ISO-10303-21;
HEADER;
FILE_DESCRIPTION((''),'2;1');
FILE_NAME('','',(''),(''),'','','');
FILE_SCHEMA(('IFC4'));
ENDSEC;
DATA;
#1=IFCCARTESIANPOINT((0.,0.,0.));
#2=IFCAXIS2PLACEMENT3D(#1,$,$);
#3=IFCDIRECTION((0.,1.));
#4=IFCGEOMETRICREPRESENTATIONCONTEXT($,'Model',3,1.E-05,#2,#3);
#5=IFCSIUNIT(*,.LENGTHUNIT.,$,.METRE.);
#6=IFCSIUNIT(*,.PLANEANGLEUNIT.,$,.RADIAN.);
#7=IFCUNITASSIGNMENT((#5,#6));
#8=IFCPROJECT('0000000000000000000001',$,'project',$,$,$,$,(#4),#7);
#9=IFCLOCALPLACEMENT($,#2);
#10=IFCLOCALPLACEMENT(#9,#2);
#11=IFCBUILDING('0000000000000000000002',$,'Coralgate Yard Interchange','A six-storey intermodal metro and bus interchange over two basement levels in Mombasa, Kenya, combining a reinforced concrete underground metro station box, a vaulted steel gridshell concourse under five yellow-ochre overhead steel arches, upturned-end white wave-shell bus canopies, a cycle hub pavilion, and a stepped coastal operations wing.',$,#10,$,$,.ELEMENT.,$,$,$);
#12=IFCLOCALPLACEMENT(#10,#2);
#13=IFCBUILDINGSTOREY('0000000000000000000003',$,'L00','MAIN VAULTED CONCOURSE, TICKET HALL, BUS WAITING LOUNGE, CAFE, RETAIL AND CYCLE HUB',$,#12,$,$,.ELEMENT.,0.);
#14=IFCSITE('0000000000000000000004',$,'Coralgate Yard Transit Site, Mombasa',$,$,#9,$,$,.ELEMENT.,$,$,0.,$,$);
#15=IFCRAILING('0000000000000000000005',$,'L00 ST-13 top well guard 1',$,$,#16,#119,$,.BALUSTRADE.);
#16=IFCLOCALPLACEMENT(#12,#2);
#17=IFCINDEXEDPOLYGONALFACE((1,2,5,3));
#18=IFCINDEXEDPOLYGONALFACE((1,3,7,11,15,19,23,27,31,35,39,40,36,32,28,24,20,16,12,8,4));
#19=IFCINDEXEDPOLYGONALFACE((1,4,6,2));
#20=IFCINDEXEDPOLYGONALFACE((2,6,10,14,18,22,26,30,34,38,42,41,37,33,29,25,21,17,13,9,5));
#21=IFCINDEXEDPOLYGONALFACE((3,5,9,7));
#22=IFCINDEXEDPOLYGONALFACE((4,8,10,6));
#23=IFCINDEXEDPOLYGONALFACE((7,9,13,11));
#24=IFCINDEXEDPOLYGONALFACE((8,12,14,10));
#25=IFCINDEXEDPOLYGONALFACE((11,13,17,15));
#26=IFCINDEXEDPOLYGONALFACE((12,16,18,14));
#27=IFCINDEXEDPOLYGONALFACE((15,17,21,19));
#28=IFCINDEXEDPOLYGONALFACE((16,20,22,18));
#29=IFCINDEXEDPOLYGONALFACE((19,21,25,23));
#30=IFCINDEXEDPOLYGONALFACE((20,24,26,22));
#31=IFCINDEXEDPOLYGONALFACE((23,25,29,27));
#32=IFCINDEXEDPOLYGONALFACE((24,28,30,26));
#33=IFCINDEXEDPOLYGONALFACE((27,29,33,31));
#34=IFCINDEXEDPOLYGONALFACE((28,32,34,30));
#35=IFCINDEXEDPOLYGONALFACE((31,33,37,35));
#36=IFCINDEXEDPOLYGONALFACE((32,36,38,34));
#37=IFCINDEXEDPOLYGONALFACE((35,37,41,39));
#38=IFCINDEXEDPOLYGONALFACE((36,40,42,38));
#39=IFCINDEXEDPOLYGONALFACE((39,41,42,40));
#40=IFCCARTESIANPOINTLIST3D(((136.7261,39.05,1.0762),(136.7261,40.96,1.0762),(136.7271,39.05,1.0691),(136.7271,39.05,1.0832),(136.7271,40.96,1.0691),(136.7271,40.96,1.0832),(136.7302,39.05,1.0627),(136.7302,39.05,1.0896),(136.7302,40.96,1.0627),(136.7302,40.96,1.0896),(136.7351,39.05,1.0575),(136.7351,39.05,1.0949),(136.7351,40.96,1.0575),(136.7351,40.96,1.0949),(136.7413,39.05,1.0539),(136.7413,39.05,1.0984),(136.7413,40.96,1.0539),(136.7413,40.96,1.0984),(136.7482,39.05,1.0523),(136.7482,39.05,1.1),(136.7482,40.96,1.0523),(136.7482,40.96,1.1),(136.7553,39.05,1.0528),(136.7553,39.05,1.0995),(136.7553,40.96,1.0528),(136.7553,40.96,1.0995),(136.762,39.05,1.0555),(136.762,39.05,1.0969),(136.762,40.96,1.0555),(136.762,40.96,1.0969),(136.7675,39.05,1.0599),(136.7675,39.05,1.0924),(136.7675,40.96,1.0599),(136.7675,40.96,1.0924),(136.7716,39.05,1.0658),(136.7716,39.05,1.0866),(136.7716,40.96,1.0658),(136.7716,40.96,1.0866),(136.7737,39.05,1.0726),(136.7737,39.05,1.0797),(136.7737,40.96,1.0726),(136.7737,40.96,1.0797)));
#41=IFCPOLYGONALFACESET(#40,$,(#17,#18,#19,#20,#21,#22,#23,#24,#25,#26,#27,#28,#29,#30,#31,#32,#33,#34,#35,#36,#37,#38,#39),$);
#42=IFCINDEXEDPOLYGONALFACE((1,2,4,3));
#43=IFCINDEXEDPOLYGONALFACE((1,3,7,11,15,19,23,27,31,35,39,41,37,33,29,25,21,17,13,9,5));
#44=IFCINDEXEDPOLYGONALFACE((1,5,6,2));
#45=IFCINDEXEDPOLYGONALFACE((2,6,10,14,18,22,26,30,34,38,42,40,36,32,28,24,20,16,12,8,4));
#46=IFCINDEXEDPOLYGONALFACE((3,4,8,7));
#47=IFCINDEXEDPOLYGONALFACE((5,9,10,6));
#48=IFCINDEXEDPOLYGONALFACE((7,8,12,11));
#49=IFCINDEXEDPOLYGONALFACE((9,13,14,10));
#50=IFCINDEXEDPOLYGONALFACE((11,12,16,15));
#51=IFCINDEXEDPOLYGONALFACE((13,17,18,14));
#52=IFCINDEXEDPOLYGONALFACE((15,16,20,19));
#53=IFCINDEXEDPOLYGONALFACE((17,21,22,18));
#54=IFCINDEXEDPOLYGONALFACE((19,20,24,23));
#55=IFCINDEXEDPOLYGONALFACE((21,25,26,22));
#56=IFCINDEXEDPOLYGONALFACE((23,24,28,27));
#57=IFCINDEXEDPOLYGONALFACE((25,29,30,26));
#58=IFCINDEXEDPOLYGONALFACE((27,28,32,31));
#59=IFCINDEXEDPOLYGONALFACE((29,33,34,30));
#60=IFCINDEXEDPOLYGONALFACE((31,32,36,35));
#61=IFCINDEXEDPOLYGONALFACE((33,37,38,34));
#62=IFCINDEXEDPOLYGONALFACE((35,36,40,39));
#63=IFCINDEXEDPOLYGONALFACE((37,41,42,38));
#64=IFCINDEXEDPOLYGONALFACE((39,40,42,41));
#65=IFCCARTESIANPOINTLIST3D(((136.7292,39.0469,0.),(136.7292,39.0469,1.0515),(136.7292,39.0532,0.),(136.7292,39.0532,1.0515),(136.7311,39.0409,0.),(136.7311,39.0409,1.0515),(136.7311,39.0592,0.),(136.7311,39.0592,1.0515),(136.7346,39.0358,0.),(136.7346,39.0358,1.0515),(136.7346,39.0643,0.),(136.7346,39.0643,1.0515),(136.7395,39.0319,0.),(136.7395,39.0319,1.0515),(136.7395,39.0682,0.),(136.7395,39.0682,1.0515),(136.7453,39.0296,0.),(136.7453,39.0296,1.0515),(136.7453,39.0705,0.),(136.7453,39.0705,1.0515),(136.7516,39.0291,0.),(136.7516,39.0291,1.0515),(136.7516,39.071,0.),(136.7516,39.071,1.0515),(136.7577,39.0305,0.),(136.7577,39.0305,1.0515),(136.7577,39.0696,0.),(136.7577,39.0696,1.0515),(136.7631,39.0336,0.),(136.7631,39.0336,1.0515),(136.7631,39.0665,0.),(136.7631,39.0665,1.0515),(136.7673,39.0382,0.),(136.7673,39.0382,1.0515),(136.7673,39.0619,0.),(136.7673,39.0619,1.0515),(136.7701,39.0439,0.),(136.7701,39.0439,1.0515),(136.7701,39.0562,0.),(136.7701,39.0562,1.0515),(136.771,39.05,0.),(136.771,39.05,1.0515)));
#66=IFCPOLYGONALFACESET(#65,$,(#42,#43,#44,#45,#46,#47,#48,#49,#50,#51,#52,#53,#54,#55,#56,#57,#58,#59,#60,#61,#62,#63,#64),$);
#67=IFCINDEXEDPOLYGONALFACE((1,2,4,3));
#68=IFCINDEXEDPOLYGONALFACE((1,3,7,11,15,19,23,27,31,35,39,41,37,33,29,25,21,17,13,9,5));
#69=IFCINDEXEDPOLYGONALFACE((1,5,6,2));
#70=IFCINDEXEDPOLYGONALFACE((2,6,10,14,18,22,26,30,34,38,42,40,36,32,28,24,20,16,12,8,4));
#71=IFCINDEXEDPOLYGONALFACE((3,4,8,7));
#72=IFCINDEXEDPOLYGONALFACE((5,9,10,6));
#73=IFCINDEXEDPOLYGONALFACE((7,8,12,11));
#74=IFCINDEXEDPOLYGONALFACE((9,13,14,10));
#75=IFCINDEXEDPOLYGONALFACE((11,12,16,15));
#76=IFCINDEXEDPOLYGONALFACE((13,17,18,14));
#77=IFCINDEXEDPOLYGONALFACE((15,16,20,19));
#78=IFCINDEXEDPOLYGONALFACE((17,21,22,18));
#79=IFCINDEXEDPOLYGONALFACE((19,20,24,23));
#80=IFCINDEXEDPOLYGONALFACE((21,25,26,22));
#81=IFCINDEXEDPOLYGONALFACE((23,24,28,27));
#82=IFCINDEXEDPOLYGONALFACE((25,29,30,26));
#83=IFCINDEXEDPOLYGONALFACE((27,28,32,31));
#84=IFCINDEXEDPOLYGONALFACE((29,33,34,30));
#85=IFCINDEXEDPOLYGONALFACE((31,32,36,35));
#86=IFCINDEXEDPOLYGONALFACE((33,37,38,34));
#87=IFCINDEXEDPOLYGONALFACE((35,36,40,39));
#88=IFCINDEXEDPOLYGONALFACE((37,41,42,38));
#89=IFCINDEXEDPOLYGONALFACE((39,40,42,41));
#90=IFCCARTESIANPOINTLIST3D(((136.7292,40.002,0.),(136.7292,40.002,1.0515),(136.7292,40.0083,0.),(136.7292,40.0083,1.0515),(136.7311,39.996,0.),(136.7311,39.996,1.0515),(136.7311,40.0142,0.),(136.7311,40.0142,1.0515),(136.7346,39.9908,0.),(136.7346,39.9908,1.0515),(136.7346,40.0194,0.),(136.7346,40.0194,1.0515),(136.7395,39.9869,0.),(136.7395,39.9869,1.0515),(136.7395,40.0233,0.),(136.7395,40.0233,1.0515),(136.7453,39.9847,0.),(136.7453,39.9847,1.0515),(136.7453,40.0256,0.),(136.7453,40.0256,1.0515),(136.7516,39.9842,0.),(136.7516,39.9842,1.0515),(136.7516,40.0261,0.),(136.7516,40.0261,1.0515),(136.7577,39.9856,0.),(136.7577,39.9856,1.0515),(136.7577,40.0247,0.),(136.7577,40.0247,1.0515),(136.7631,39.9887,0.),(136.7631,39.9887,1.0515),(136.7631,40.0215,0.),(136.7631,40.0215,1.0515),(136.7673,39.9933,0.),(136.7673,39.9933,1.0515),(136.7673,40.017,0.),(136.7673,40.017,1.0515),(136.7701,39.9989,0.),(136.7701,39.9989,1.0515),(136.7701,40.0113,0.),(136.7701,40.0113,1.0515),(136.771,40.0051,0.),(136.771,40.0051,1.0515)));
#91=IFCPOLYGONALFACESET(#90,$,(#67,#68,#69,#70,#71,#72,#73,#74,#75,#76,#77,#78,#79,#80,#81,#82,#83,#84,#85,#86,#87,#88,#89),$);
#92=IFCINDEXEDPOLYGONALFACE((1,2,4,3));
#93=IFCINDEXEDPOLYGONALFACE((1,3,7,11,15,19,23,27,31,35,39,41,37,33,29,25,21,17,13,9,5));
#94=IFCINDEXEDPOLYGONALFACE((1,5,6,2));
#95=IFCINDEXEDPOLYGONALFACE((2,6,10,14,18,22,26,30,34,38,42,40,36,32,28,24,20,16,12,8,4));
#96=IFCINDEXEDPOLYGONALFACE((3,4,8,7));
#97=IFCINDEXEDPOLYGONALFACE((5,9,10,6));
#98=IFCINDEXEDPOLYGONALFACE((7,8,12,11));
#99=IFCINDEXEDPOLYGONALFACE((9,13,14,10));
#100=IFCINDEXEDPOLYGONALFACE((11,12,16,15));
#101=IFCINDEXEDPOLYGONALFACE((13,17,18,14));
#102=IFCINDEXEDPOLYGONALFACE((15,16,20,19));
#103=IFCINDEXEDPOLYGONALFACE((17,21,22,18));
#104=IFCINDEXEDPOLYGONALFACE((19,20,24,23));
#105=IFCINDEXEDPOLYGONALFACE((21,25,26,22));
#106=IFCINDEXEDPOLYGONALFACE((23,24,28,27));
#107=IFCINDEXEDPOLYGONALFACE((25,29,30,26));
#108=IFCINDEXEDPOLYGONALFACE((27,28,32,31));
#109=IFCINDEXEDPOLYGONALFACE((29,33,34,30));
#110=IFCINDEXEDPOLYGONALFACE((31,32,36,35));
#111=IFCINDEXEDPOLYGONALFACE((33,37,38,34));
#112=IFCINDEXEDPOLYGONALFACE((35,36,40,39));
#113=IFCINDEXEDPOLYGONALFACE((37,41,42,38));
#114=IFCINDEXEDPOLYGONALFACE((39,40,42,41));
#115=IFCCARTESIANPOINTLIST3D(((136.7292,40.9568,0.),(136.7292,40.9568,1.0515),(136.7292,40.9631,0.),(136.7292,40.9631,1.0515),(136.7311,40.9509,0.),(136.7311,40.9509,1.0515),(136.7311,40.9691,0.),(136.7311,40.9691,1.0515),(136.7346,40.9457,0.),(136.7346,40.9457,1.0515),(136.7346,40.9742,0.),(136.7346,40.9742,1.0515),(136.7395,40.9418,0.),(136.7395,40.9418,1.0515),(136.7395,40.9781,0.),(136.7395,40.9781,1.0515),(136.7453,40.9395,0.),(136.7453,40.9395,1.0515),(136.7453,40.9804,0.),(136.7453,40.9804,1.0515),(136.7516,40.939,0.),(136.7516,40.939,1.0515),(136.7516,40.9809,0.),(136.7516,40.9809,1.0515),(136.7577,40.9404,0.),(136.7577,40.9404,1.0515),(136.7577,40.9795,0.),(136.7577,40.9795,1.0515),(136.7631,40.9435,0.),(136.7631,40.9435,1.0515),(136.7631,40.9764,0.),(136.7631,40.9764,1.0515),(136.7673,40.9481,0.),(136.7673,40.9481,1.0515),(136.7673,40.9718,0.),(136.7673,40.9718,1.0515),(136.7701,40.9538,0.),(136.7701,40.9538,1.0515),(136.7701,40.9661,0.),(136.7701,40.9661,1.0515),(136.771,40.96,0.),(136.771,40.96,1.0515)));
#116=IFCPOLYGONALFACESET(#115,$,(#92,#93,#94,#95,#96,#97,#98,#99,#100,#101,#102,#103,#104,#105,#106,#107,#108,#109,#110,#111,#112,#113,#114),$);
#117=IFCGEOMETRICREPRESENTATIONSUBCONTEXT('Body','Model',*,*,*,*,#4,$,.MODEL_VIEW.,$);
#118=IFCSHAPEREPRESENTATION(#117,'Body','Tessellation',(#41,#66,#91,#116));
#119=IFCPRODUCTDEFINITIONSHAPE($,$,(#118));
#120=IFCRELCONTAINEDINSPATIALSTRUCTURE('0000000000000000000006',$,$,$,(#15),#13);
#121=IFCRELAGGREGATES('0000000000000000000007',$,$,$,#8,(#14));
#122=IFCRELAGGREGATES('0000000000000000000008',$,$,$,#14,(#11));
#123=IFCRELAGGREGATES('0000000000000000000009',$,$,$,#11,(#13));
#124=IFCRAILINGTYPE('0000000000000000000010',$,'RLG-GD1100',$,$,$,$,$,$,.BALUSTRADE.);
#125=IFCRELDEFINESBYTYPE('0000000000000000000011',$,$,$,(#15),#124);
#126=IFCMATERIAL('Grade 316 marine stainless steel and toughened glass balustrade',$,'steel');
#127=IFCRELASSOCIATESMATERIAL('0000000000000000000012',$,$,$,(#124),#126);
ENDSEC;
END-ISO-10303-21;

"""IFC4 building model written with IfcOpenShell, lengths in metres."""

from ifc_helpers import new_model, si_unit, direction, frame, origin, origin_2d, place, context, subcontext, project, spatial, circle, extrude, material, type_object, element, save


model = new_model("IFC4")

# Units and contexts
model_context = context("Model", 3, precision=1e-05, world=origin(), true_north=direction((0.0, 1.0)))
body_context = subcontext(model_context, "Body", "Model", "MODEL_VIEW")
ifc_project = project(units=[si_unit("LENGTHUNIT", "METRE"), si_unit("PLANEANGLEUNIT", "RADIAN")], contexts=[model_context])

# Site, building, storey
site_placement = place(None, origin())
site = spatial("IfcSite", under=ifc_project, at=site_placement, Name="Coralgate Yard Transit Site, Mombasa", CompositionType="ELEMENT", RefElevation=0.0)
building_placement = place(site_placement, origin())
building = spatial("IfcBuilding", under=site, at=building_placement, Name="Coralgate Yard Interchange", Description="A six-storey intermodal metro and bus interchange over two basement levels in Mombasa, Kenya, combining a reinforced concrete underground metro station box, a vaulted steel gridshell concourse under five yellow-ochre overhead steel arches, upturned-end white wave-shell bus canopies, a cycle hub pavilion, and a stepped coastal operations wing.", CompositionType="ELEMENT")
storey_placement = place(building_placement, origin())
storey = spatial("IfcBuildingStorey", under=building, at=storey_placement, Name="L00", Description="MAIN VAULTED CONCOURSE, TICKET HALL, BUS WAITING LOUNGE, CAFE, RETAIL AND CYCLE HUB", CompositionType="ELEMENT", Elevation=0.0)

# Railing
ifc_material_1 = material(Name="Grade 316 marine stainless steel and toughened glass balustrade", Category="steel")
railing_type_1 = type_object("IfcRailingType", Name="RLG-GD1100", PredefinedType="BALUSTRADE", material=ifc_material_1)
railing_1_placement = place(storey_placement, frame((136.75, 39.05, 0.0)))
element("IfcRailing", 1, at=railing_1_placement, inside=storey, type_object=railing_type_1, Name="L00 ST-13 top well guard 1", PredefinedType="BALUSTRADE", context=body_context, shape_type="SweptSolid", body=[
    extrude(circle(Radius=0.0239, at=origin_2d()), frame((0.0, 0.0, 1.0762), z_axis=(0.0, 1.0, 0.0), x_axis=(-1.0, 0.0, 0.0)), (0.0, 0.0, 1.0), 1.9099),
    extrude(circle(Radius=0.021, at=origin_2d()), origin(), (0.0, 0.0, 1.0), 1.0515),
    extrude(circle(Radius=0.021, at=origin_2d()), frame((0.0, 0.9551, 0.0)), (0.0, 0.0, 1.0), 1.0515),
    extrude(circle(Radius=0.021, at=origin_2d()), frame((0.0, 1.9099, 0.0)), (0.0, 0.0, 1.0), 1.0515),
])

save(model, "model.ifc")
